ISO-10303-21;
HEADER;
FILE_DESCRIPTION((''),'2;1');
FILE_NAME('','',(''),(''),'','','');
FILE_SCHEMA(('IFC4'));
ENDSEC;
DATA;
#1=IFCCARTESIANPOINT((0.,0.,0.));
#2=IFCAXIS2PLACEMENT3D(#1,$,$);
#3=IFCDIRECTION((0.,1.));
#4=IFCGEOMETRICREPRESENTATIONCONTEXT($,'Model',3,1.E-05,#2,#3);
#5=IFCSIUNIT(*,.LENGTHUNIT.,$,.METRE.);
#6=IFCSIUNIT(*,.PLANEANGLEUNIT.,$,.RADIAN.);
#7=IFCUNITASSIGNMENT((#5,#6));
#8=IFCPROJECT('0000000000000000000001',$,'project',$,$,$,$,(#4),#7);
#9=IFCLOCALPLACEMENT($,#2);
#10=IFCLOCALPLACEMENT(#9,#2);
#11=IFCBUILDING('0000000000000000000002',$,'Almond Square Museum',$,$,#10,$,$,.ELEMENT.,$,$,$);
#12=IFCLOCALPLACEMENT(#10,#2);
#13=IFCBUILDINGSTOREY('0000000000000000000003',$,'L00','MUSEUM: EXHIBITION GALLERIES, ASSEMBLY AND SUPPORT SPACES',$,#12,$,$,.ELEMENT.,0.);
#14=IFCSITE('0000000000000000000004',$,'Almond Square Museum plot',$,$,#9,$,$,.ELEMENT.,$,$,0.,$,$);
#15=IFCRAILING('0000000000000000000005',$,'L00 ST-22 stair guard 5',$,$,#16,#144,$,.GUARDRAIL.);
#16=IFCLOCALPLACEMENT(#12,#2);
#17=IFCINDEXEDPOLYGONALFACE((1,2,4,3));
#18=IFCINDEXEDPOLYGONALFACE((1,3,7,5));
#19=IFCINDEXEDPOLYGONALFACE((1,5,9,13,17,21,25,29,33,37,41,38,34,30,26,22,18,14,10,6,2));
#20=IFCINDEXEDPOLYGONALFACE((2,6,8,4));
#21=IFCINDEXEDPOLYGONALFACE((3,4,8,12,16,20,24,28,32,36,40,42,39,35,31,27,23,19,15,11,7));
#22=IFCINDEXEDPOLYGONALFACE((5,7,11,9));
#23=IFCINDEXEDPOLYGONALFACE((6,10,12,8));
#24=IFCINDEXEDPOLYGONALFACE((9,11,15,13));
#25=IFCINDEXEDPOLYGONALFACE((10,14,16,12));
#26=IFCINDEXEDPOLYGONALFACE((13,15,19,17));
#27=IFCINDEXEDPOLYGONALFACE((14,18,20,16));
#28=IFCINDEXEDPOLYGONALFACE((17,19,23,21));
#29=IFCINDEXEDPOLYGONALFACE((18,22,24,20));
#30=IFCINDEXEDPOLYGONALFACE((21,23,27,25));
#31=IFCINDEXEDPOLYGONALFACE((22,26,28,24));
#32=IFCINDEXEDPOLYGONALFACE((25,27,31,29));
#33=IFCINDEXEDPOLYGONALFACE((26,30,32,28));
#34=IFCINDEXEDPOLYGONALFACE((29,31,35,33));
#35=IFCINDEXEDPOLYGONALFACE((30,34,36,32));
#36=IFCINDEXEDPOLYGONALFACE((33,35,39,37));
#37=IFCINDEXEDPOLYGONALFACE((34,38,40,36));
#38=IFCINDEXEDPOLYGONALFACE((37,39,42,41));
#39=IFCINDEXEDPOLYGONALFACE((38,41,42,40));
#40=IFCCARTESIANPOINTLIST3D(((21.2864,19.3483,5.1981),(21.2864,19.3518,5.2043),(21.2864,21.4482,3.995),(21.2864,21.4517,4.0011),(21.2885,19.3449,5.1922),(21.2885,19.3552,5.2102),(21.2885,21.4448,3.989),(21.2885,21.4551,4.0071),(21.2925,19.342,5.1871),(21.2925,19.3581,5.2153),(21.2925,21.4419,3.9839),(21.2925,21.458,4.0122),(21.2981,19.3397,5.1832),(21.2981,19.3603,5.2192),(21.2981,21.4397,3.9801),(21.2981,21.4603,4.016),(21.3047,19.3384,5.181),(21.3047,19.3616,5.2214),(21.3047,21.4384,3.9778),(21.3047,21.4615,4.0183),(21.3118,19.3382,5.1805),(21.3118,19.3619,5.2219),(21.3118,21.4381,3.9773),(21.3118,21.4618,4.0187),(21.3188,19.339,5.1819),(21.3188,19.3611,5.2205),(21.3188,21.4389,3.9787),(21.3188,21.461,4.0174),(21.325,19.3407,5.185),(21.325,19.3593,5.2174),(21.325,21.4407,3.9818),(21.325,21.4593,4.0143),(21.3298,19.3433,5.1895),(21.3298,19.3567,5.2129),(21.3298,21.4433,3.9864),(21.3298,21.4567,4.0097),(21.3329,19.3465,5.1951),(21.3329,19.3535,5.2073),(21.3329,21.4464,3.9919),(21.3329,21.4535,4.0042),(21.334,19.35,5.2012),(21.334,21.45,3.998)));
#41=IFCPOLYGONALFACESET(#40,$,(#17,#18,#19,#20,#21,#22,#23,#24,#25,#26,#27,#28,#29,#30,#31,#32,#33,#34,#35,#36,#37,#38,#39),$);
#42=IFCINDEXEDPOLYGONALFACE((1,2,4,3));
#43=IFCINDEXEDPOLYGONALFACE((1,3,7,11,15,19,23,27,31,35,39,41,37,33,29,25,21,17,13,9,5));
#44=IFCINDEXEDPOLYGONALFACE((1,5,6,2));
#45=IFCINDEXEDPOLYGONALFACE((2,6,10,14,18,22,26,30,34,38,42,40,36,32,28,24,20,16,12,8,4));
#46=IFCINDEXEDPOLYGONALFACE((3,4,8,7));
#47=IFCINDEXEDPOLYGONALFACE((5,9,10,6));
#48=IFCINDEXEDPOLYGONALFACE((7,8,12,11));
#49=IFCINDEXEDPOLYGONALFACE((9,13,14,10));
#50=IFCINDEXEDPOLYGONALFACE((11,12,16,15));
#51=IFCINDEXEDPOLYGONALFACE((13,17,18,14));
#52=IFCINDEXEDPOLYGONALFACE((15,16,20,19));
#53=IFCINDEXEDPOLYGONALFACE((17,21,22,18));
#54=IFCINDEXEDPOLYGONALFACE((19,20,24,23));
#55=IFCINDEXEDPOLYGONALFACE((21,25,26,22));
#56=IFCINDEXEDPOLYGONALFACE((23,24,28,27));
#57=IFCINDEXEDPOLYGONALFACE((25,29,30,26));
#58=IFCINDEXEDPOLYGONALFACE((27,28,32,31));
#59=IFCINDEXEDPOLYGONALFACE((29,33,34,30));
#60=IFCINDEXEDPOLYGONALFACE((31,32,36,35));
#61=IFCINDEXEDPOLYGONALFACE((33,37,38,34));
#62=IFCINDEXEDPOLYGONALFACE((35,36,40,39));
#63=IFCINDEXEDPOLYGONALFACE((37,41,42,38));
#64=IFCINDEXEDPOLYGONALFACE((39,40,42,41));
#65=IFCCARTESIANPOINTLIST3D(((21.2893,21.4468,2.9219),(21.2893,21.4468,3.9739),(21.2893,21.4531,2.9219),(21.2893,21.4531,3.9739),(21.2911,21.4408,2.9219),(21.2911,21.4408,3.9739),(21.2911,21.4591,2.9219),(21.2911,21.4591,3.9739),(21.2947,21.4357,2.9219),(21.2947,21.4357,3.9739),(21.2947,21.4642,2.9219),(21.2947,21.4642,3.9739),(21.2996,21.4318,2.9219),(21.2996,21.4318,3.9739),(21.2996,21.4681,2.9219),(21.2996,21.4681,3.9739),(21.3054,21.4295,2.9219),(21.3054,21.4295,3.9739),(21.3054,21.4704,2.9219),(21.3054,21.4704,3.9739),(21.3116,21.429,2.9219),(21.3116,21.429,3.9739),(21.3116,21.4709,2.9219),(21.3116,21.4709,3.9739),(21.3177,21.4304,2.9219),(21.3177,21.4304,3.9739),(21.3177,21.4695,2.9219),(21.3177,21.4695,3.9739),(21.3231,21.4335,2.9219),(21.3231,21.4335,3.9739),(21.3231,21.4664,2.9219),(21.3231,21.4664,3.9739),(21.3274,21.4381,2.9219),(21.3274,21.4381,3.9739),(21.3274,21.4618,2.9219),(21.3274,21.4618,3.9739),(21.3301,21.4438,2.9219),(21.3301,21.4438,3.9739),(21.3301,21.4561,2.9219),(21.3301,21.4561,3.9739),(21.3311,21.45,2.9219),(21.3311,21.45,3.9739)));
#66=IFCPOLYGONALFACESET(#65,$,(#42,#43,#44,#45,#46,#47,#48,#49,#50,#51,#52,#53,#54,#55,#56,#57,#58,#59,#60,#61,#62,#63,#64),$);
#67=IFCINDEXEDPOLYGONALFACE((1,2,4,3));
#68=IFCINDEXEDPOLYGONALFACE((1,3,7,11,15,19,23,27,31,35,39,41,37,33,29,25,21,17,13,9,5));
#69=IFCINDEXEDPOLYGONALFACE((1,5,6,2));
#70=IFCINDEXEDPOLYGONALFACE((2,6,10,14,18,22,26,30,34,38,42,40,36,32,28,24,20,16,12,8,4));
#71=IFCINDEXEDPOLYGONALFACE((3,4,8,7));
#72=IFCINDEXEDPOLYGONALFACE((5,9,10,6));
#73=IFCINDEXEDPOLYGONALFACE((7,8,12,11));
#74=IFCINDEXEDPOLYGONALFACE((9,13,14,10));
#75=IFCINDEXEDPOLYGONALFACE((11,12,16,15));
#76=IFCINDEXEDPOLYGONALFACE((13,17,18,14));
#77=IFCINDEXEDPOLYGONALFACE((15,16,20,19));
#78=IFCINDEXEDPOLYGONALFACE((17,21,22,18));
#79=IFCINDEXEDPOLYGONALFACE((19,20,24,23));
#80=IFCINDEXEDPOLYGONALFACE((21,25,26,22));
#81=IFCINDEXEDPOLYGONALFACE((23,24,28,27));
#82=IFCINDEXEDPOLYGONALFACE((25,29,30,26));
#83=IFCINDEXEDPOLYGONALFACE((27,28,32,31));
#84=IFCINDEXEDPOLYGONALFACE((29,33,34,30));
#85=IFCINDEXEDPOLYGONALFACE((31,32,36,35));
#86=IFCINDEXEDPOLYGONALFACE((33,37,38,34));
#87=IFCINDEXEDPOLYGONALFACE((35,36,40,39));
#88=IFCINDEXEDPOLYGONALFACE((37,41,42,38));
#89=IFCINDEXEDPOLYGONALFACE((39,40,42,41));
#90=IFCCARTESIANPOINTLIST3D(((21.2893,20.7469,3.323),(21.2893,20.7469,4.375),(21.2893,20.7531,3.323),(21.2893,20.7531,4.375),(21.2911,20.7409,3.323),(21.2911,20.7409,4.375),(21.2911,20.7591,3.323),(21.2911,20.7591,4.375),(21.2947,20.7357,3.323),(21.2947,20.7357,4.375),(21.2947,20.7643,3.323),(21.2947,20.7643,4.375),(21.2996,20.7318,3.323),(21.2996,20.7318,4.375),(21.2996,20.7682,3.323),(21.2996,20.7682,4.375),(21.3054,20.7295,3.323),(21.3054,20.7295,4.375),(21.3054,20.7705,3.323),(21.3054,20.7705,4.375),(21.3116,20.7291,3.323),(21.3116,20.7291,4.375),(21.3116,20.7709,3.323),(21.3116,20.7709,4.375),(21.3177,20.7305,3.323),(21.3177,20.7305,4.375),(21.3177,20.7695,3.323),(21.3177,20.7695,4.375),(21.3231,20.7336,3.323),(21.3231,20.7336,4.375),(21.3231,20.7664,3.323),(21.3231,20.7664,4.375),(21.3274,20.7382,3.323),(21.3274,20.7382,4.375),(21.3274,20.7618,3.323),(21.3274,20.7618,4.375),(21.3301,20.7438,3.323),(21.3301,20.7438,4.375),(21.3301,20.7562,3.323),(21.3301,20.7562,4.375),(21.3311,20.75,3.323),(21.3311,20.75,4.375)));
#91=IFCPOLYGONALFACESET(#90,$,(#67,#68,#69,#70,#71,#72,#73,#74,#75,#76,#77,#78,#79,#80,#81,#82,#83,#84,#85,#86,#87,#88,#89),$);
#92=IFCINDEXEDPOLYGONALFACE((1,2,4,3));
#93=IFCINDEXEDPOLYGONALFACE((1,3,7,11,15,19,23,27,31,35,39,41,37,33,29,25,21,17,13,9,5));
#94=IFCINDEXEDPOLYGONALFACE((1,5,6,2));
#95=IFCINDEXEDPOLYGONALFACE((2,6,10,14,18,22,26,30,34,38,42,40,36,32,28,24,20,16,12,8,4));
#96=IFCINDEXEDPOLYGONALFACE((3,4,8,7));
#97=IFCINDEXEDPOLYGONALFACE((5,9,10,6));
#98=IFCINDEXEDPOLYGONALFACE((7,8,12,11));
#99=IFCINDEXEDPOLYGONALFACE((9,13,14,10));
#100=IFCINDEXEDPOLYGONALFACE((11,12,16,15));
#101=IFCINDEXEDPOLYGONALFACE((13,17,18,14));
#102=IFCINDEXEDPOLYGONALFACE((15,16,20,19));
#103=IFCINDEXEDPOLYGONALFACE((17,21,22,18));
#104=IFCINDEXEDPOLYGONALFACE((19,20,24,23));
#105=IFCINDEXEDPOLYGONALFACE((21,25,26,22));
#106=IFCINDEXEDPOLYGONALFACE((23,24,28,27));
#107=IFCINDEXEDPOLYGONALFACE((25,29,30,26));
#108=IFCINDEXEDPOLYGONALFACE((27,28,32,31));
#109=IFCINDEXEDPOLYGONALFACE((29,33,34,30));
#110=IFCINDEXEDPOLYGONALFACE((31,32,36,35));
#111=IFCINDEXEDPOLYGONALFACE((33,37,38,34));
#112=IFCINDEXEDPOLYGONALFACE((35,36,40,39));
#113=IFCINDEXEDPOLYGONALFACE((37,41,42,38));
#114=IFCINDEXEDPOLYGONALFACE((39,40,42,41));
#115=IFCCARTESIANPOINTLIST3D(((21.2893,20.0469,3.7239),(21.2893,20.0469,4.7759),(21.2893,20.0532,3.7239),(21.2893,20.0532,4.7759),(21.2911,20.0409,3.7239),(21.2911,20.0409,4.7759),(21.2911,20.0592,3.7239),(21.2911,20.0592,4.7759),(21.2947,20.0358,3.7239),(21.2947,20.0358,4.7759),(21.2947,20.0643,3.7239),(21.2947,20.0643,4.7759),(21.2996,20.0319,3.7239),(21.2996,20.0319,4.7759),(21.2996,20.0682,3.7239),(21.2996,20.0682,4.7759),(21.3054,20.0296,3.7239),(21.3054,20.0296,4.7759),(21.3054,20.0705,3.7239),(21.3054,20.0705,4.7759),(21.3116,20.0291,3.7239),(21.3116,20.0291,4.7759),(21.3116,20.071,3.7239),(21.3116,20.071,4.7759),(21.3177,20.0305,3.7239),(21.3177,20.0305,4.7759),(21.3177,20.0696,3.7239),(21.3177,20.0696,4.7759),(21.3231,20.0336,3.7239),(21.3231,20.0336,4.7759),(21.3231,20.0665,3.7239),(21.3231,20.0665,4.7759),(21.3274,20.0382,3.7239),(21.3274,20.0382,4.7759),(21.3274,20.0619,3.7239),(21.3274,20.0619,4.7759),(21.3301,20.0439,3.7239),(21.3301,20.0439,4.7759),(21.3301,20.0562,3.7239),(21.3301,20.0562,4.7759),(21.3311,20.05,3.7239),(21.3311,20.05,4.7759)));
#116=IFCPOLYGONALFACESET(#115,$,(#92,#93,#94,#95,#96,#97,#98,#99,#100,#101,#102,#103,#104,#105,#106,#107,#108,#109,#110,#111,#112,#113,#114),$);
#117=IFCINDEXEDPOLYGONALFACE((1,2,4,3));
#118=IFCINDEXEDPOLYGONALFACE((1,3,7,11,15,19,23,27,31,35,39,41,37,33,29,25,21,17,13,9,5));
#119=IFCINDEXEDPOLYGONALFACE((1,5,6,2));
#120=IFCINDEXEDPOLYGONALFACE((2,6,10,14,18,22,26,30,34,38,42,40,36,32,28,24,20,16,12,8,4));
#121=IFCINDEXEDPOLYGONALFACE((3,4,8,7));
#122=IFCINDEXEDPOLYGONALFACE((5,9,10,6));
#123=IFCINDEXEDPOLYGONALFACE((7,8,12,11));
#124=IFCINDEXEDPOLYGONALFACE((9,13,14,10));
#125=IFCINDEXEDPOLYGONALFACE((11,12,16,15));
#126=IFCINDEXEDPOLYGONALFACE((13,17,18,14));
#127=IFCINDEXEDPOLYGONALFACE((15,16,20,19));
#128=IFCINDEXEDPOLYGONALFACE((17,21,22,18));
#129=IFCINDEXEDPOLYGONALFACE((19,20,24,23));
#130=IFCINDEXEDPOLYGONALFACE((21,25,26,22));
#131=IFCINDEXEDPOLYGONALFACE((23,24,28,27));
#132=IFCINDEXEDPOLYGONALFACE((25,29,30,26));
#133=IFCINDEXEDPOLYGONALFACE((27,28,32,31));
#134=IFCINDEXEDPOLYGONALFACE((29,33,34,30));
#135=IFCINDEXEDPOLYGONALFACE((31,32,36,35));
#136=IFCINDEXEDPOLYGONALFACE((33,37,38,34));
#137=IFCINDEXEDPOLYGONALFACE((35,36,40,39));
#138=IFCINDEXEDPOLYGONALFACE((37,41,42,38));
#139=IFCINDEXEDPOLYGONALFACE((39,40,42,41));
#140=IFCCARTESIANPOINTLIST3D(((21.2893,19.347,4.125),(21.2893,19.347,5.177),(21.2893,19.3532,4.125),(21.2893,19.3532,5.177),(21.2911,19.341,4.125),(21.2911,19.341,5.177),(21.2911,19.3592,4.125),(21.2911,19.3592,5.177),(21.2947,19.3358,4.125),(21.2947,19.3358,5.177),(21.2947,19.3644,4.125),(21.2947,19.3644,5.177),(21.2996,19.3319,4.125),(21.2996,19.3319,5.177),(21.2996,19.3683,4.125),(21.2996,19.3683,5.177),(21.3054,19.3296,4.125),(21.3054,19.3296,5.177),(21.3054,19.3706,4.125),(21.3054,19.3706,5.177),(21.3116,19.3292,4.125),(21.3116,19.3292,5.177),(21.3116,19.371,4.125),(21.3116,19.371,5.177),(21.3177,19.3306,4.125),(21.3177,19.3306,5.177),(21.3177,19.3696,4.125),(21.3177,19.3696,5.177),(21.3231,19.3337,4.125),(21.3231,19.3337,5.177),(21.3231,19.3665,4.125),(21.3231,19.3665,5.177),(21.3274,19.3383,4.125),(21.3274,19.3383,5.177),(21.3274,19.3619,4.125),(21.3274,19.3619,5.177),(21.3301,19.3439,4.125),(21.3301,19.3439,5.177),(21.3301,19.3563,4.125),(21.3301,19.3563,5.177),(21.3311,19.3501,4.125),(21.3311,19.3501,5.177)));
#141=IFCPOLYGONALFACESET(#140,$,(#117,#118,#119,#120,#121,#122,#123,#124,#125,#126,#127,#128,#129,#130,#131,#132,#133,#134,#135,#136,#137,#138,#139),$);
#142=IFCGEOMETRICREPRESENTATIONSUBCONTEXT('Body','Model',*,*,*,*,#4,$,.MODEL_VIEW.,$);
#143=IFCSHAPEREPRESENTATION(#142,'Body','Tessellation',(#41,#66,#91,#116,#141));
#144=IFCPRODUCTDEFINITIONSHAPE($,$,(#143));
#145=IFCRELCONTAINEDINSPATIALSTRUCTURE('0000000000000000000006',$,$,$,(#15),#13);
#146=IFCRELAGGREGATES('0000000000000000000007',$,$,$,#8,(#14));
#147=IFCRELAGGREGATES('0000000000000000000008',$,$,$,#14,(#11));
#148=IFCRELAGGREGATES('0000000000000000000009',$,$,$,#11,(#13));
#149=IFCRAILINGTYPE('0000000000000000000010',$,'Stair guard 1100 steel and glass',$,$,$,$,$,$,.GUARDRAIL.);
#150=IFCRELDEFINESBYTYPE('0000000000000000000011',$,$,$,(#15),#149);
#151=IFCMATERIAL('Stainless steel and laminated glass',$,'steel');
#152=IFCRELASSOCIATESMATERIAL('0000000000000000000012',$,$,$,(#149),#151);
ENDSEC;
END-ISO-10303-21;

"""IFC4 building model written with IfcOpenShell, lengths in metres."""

from ifc_helpers import new_model, si_unit, direction, frame, origin, origin_2d, place, context, subcontext, project, spatial, circle, extrude, material, type_object, element, save


model = new_model("IFC4")

# Units and contexts
model_context = context("Model", 3, precision=1e-05, world=origin(), true_north=direction((0.0, 1.0)))
body_context = subcontext(model_context, "Body", "Model", "MODEL_VIEW")
ifc_project = project(units=[si_unit("LENGTHUNIT", "METRE"), si_unit("PLANEANGLEUNIT", "RADIAN")], contexts=[model_context])

# Site, building, storey
site_placement = place(None, origin())
site = spatial("IfcSite", under=ifc_project, at=site_placement, Name="Almond Square Museum plot", CompositionType="ELEMENT", RefElevation=0.0)
building_placement = place(site_placement, origin())
building = spatial("IfcBuilding", under=site, at=building_placement, Name="Almond Square Museum", CompositionType="ELEMENT")
storey_placement = place(building_placement, origin())
storey = spatial("IfcBuildingStorey", under=building, at=storey_placement, Name="L00", Description="MUSEUM: EXHIBITION GALLERIES, ASSEMBLY AND SUPPORT SPACES", CompositionType="ELEMENT", Elevation=0.0)

# Railing
ifc_material_1 = material(Name="Stainless steel and laminated glass", Category="steel")
railing_type_1 = type_object("IfcRailingType", Name="Stair guard 1100 steel and glass", PredefinedType="GUARDRAIL", material=ifc_material_1)
railing_1_placement = place(storey_placement, frame((21.3101, 21.45, 2.9219)))
element("IfcRailing", 1, at=railing_1_placement, inside=storey, type_object=railing_type_1, Name="L00 ST-22 stair guard 5", PredefinedType="GUARDRAIL", context=body_context, shape_type="SweptSolid", body=[
    extrude(circle(Radius=0.0239, at=origin_2d()), frame((0.0, 0.0, 1.0762), z_axis=(0.0, -0.867671, 0.497138), x_axis=(1.0, 0.0, 0.0)), (0.0, 0.0, 1.0), 2.4202),
    extrude(circle(Radius=0.021, at=origin_2d()), origin(), (0.0, 0.0, 1.0), 1.052),
    extrude(circle(Radius=0.021, at=origin_2d()), frame((0.0, -0.7, 0.4011)), (0.0, 0.0, 1.0), 1.052),
    extrude(circle(Radius=0.021, at=origin_2d()), frame((0.0, -1.3999, 0.802)), (0.0, 0.0, 1.0), 1.052),
    extrude(circle(Radius=0.021, at=origin_2d()), frame((0.0, -2.0999, 1.2031)), (0.0, 0.0, 1.0), 1.052),
])

save(model, "model.ifc")
